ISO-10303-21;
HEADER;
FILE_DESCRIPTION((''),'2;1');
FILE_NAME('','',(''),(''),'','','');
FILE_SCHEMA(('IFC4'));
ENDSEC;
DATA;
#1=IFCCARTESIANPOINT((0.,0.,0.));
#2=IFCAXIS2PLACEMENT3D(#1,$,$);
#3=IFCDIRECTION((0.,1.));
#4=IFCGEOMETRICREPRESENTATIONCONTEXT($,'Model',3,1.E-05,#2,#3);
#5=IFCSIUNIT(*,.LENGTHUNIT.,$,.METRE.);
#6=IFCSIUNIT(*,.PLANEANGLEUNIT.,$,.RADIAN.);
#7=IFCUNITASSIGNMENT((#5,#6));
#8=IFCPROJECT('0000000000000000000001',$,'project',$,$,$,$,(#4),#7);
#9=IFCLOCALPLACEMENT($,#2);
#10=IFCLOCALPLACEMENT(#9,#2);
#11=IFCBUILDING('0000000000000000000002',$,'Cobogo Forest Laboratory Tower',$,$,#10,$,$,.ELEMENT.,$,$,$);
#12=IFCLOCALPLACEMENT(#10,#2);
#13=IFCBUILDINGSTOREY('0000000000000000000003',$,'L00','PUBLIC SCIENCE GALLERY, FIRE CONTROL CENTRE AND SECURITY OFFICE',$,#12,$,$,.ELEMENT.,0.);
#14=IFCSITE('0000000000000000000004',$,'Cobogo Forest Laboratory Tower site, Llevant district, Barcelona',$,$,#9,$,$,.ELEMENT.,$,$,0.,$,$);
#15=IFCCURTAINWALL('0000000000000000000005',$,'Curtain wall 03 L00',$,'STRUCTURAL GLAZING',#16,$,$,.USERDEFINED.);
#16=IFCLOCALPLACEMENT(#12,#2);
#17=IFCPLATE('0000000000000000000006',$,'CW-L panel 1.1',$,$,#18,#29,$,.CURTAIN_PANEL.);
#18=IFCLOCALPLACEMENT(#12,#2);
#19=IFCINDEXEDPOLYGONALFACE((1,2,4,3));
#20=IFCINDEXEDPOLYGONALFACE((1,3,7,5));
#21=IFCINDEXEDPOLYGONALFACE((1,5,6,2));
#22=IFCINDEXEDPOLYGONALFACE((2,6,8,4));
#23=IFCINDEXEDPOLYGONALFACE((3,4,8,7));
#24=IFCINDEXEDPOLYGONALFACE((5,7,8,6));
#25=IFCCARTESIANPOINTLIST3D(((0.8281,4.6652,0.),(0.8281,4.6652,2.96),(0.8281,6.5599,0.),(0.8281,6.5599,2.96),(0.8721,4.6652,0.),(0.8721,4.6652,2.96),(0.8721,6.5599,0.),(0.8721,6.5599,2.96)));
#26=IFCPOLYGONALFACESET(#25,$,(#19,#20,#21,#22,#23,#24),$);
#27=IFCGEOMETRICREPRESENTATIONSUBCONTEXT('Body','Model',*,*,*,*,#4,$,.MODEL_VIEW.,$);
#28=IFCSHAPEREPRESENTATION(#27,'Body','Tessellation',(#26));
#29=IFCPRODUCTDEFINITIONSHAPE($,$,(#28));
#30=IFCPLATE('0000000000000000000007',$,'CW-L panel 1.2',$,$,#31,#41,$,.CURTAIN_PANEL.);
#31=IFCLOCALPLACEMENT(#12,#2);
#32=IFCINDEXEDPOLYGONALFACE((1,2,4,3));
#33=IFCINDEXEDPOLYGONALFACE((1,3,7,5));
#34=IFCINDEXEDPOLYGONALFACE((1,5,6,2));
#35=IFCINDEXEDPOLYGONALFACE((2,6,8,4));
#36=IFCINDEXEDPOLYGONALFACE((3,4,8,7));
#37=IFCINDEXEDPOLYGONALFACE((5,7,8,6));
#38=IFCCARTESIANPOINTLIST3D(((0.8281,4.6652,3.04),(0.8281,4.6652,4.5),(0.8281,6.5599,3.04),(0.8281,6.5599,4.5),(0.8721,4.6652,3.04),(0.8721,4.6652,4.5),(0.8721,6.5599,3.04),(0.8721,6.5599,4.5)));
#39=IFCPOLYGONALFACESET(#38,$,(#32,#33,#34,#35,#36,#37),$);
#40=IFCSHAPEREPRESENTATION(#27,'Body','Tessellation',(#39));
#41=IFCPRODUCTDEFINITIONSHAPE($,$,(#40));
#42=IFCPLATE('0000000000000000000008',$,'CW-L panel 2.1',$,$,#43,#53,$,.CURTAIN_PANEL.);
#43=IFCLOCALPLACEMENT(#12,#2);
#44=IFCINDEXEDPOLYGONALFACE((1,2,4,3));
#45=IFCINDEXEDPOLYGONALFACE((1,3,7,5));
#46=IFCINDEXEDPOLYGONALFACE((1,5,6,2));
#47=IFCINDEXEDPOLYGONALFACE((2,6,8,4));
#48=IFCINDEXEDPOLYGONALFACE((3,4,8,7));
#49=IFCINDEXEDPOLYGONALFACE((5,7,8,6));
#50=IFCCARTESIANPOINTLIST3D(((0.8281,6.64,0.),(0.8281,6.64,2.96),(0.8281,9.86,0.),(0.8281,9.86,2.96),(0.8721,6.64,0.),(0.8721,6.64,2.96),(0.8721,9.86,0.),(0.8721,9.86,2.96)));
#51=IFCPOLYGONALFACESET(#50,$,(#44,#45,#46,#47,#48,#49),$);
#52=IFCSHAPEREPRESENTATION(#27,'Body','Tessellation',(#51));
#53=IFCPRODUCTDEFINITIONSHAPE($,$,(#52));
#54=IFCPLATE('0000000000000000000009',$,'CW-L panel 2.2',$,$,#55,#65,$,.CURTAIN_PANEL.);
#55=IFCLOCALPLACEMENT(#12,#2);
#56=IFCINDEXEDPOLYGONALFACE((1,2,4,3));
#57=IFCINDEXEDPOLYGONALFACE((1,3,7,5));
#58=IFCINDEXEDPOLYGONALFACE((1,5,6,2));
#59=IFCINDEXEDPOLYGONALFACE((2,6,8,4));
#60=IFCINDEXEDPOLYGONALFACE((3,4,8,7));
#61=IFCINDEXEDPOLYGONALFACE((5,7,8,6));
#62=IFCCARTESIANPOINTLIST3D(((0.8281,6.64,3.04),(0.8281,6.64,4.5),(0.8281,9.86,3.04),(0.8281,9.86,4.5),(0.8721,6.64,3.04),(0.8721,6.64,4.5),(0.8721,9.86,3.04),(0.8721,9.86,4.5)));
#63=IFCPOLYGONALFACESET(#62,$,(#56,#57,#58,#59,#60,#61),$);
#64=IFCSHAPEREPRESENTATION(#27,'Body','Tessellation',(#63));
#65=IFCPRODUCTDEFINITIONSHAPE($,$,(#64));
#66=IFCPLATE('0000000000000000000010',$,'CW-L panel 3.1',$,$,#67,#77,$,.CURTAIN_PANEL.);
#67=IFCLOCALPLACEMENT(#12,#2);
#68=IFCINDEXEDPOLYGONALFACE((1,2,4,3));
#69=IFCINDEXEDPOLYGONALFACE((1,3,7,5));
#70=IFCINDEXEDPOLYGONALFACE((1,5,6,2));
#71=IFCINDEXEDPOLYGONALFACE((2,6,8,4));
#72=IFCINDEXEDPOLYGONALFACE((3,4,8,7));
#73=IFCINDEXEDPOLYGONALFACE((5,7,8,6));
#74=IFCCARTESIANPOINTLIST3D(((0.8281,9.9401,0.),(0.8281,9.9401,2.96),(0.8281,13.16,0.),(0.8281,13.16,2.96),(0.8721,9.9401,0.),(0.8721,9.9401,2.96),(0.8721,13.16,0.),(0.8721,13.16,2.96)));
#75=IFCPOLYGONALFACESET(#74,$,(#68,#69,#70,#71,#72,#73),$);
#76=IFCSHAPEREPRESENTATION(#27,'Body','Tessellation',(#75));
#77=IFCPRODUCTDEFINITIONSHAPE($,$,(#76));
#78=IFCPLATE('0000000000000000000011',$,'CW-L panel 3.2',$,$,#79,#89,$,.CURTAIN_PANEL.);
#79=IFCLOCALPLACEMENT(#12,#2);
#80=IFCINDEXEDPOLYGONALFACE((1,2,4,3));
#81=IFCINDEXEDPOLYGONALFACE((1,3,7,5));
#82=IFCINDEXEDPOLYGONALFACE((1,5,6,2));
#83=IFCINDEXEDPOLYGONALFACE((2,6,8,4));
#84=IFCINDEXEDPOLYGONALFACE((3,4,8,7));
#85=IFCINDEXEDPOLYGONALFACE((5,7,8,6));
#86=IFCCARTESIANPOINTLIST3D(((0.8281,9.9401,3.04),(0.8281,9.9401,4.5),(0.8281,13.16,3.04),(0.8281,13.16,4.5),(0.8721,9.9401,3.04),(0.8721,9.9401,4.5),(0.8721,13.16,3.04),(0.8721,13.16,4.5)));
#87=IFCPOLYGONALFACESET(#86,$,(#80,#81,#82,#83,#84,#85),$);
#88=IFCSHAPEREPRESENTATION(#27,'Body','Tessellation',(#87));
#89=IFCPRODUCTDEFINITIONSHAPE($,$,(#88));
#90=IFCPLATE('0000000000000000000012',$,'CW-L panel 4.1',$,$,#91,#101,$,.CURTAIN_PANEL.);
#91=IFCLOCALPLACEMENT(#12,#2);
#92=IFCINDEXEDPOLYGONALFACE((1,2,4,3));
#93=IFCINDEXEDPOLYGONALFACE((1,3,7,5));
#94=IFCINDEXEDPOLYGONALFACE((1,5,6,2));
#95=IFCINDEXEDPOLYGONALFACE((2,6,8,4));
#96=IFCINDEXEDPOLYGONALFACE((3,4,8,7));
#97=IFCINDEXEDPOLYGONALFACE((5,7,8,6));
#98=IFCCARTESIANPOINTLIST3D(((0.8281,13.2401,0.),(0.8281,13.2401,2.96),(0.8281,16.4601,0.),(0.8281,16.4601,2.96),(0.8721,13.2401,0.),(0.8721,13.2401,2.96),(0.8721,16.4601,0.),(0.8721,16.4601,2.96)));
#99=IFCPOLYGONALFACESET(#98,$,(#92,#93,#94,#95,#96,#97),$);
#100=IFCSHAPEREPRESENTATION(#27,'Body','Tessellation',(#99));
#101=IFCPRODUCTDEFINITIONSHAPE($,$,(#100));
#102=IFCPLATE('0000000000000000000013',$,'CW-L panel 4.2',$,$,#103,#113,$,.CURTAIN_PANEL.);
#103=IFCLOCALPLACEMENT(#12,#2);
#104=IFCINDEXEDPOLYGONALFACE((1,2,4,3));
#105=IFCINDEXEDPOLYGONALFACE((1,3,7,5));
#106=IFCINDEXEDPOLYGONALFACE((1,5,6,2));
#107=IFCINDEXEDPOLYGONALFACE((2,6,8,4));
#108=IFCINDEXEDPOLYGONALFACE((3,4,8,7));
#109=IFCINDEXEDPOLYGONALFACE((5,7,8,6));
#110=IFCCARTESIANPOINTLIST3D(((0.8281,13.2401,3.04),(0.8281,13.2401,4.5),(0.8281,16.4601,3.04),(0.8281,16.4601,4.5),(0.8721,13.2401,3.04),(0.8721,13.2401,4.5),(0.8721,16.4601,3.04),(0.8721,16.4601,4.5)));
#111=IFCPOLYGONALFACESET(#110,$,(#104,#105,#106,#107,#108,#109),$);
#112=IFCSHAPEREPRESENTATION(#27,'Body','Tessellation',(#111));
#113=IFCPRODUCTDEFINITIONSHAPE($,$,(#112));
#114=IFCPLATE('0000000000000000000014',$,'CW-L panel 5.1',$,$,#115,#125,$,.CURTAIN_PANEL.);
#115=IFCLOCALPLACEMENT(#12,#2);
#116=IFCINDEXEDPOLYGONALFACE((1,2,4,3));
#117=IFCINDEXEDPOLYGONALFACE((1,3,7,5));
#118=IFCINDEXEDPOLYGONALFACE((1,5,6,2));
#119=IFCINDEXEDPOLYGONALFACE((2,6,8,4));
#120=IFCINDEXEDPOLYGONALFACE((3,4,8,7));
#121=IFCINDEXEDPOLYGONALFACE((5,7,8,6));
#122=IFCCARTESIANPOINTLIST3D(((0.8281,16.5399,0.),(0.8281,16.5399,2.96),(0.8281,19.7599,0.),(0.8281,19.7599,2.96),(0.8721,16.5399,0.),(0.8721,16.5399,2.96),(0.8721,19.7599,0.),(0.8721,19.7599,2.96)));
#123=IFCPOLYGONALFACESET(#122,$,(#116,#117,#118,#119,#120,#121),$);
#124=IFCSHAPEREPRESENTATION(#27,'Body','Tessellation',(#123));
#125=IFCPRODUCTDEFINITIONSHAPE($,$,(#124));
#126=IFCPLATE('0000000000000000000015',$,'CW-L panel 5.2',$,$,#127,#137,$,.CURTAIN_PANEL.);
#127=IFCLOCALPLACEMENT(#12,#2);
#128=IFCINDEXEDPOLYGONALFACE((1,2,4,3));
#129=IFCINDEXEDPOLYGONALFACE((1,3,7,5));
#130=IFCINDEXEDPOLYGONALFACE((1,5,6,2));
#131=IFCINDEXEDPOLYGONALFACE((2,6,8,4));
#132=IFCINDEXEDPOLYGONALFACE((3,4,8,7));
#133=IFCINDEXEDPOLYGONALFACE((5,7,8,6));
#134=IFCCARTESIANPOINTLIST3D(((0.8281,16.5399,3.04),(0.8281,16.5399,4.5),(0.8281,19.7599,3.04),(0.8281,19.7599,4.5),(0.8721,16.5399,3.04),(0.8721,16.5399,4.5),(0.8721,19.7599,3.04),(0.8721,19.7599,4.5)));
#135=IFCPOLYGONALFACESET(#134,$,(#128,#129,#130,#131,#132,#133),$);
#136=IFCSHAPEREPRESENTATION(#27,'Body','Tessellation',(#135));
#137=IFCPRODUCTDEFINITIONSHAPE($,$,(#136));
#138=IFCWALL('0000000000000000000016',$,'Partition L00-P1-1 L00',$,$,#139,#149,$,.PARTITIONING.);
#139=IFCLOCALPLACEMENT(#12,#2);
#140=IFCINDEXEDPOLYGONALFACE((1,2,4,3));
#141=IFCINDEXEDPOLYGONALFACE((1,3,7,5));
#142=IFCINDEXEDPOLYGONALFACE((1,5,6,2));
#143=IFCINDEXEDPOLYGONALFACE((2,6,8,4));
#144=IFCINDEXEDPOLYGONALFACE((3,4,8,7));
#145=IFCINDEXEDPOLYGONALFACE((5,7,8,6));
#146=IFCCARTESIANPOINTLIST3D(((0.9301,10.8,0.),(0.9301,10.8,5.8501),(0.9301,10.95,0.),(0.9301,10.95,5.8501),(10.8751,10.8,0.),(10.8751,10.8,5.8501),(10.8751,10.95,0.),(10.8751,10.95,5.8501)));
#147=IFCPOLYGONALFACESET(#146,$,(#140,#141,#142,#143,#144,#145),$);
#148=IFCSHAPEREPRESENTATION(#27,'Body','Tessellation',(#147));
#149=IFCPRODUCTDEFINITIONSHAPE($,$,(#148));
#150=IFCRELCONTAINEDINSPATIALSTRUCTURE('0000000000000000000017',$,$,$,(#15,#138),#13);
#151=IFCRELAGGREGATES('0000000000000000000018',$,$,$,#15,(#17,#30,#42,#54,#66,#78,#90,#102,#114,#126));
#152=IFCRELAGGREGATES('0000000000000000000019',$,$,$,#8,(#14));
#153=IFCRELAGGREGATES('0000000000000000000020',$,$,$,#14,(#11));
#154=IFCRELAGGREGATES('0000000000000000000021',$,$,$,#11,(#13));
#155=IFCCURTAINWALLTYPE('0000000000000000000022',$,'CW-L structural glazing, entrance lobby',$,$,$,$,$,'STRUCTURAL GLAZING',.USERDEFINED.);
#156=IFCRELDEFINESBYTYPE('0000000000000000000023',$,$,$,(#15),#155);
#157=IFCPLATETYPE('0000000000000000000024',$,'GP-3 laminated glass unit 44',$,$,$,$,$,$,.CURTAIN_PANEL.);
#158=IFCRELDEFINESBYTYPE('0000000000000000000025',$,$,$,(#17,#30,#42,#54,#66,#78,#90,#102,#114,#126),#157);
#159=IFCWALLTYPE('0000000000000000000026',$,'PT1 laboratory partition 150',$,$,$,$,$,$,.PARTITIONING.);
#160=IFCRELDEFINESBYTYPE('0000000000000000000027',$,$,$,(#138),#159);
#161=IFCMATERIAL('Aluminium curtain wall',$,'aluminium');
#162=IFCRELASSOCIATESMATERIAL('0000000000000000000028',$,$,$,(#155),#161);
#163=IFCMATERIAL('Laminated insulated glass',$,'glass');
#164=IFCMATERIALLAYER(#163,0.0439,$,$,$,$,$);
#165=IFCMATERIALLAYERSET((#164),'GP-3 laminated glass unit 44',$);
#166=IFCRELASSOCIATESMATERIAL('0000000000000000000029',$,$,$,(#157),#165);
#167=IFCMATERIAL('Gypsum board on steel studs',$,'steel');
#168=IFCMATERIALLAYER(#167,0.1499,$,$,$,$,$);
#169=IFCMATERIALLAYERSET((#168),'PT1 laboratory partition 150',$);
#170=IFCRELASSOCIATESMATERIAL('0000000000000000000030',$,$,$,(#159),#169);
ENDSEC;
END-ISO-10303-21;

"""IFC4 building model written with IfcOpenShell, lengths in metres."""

from ifc_helpers import new_model, si_unit, direction, frame, frame_2d, origin, origin_2d, place, context, subcontext, project, spatial, rectangle, extrude, material, layer, layer_set, type_object, element, aggregate, save


model = new_model("IFC4")

# Units and contexts
model_context = context("Model", 3, precision=1e-05, world=origin(), true_north=direction((0.0, 1.0)))
body_context = subcontext(model_context, "Body", "Model", "MODEL_VIEW")
ifc_project = project(units=[si_unit("LENGTHUNIT", "METRE"), si_unit("PLANEANGLEUNIT", "RADIAN")], contexts=[model_context])

# Site, building, storey
site_placement = place(None, origin())
site = spatial("IfcSite", under=ifc_project, at=site_placement, Name="Cobogo Forest Laboratory Tower site, Llevant district, Barcelona", CompositionType="ELEMENT", RefElevation=0.0)
building_placement = place(site_placement, origin())
building = spatial("IfcBuilding", under=site, at=building_placement, Name="Cobogo Forest Laboratory Tower", CompositionType="ELEMENT")
storey_placement = place(building_placement, origin())
storey = spatial("IfcBuildingStorey", under=building, at=storey_placement, Name="L00", Description="PUBLIC SCIENCE GALLERY, FIRE CONTROL CENTRE AND SECURITY OFFICE", CompositionType="ELEMENT", Elevation=0.0)

# Shared definitions
ifc_material_1 = material(Name="Aluminium curtain wall", Category="aluminium")
curtain_wall_type = type_object("IfcCurtainWallType", Name="CW-L structural glazing, entrance lobby", ElementType="STRUCTURAL GLAZING", PredefinedType="USERDEFINED", material=ifc_material_1)

# Curtain wall
curtain_wall_1_placement = place(storey_placement, origin())
curtain_wall_1 = element("IfcCurtainWall", 1, at=curtain_wall_1_placement, inside=storey, type_object=curtain_wall_type, Name="Curtain wall 03 L00", ObjectType="STRUCTURAL GLAZING", PredefinedType="USERDEFINED")

# Plates
ifc_material_2 = material(Name="Laminated insulated glass", Category="glass")
ifc_layer_1 = layer(ifc_material_2, 0.0439)
ifc_layer_set_1 = layer_set([ifc_layer_1], Name="GP-3 laminated glass unit 44")
plate_type = type_object("IfcPlateType", Name="GP-3 laminated glass unit 44", PredefinedType="CURTAIN_PANEL", material=ifc_layer_set_1)
plate_1_placement = place(storey_placement, frame((0.8501, 5.6125, 0.0), z_axis=(0.0, 0.0, 1.0), x_axis=(0.0, 1.0, 0.0)))
plate_1 = element("IfcPlate", 2, at=plate_1_placement, type_object=plate_type, Name="CW-L panel 1.1", PredefinedType="CURTAIN_PANEL", context=body_context, shape_type="SweptSolid", body=[
    extrude(rectangle(XDim=1.8948, YDim=0.0439, at=origin_2d()), origin(), (0.0, 0.0, 1.0), 2.96),
])
plate_2_placement = place(storey_placement, frame((0.8501, 5.6125, 3.04), z_axis=(0.0, 0.0, 1.0), x_axis=(0.0, 1.0, 0.0)))
plate_2 = element("IfcPlate", 3, at=plate_2_placement, type_object=plate_type, Name="CW-L panel 1.2", PredefinedType="CURTAIN_PANEL", context=body_context, shape_type="SweptSolid", body=[
    extrude(rectangle(XDim=1.8948, YDim=0.0439, at=origin_2d()), origin(), (0.0, 0.0, 1.0), 1.46),
])
plate_3_placement = place(storey_placement, frame((0.8501, 8.25, 0.0), z_axis=(0.0, 0.0, 1.0), x_axis=(0.0, 1.0, 0.0)))
plate_3 = element("IfcPlate", 4, at=plate_3_placement, type_object=plate_type, Name="CW-L panel 2.1", PredefinedType="CURTAIN_PANEL", context=body_context, shape_type="SweptSolid", body=[
    extrude(rectangle(XDim=3.22, YDim=0.0439, at=origin_2d()), origin(), (0.0, 0.0, 1.0), 2.96),
])
plate_4_placement = place(storey_placement, frame((0.8501, 8.25, 3.04), z_axis=(0.0, 0.0, 1.0), x_axis=(0.0, 1.0, 0.0)))
plate_4 = element("IfcPlate", 5, at=plate_4_placement, type_object=plate_type, Name="CW-L panel 2.2", PredefinedType="CURTAIN_PANEL", context=body_context, shape_type="SweptSolid", body=[
    extrude(rectangle(XDim=3.22, YDim=0.0439, at=origin_2d()), origin(), (0.0, 0.0, 1.0), 1.46),
])
plate_5_placement = place(storey_placement, frame((0.8501, 11.55, 0.0), z_axis=(0.0, 0.0, 1.0), x_axis=(0.0, 1.0, 0.0)))
plate_5 = element("IfcPlate", 6, at=plate_5_placement, type_object=plate_type, Name="CW-L panel 3.1", PredefinedType="CURTAIN_PANEL", context=body_context, shape_type="SweptSolid", body=[
    extrude(rectangle(XDim=3.22, YDim=0.0439, at=origin_2d()), origin(), (0.0, 0.0, 1.0), 2.96),
])
plate_6_placement = place(storey_placement, frame((0.8501, 11.55, 3.04), z_axis=(0.0, 0.0, 1.0), x_axis=(0.0, 1.0, 0.0)))
plate_6 = element("IfcPlate", 7, at=plate_6_placement, type_object=plate_type, Name="CW-L panel 3.2", PredefinedType="CURTAIN_PANEL", context=body_context, shape_type="SweptSolid", body=[
    extrude(rectangle(XDim=3.22, YDim=0.0439, at=origin_2d()), origin(), (0.0, 0.0, 1.0), 1.46),
])
plate_7_placement = place(storey_placement, frame((0.8501, 14.8501, 0.0), z_axis=(0.0, 0.0, 1.0), x_axis=(0.0, 1.0, 0.0)))
plate_7 = element("IfcPlate", 8, at=plate_7_placement, type_object=plate_type, Name="CW-L panel 4.1", PredefinedType="CURTAIN_PANEL", context=body_context, shape_type="SweptSolid", body=[
    extrude(rectangle(XDim=3.22, YDim=0.0439, at=origin_2d()), origin(), (0.0, 0.0, 1.0), 2.96),
])
plate_8_placement = place(storey_placement, frame((0.8501, 14.8501, 3.04), z_axis=(0.0, 0.0, 1.0), x_axis=(0.0, 1.0, 0.0)))
plate_8 = element("IfcPlate", 9, at=plate_8_placement, type_object=plate_type, Name="CW-L panel 4.2", PredefinedType="CURTAIN_PANEL", context=body_context, shape_type="SweptSolid", body=[
    extrude(rectangle(XDim=3.22, YDim=0.0439, at=origin_2d()), origin(), (0.0, 0.0, 1.0), 1.46),
])
plate_9_placement = place(storey_placement, frame((0.8501, 18.1499, 0.0), z_axis=(0.0, 0.0, 1.0), x_axis=(0.0, 1.0, 0.0)))
plate_9 = element("IfcPlate", 10, at=plate_9_placement, type_object=plate_type, Name="CW-L panel 5.1", PredefinedType="CURTAIN_PANEL", context=body_context, shape_type="SweptSolid", body=[
    extrude(rectangle(XDim=3.22, YDim=0.0439, at=origin_2d()), origin(), (0.0, 0.0, 1.0), 2.96),
])
plate_10_placement = place(storey_placement, frame((0.8501, 18.1499, 3.04), z_axis=(0.0, 0.0, 1.0), x_axis=(0.0, 1.0, 0.0)))
plate_10 = element("IfcPlate", 11, at=plate_10_placement, type_object=plate_type, Name="CW-L panel 5.2", PredefinedType="CURTAIN_PANEL", context=body_context, shape_type="SweptSolid", body=[
    extrude(rectangle(XDim=3.22, YDim=0.0439, at=origin_2d()), origin(), (0.0, 0.0, 1.0), 1.46),
])
aggregate(curtain_wall_1, [plate_1, plate_2, plate_3, plate_4, plate_5, plate_6, plate_7, plate_8, plate_9, plate_10])

# Wall
ifc_material_3 = material(Name="Gypsum board on steel studs", Category="steel")
ifc_layer_2 = layer(ifc_material_3, 0.1499)
ifc_layer_set_2 = layer_set([ifc_layer_2], Name="PT1 laboratory partition 150")
wall_type = type_object("IfcWallType", Name="PT1 laboratory partition 150", PredefinedType="PARTITIONING", material=ifc_layer_set_2)
wall_placement = place(storey_placement, frame((0.9299, 10.875, 0.0), z_axis=(0.0, 0.0, 1.0), x_axis=(1.0, 0.0, 0.0)))
element("IfcWall", 12, at=wall_placement, inside=storey, type_object=wall_type, Name="Partition L00-P1-1 L00", PredefinedType="PARTITIONING", context=body_context, shape_type="SweptSolid", body=[
    extrude(rectangle(XDim=9.9451, YDim=0.1499, at=frame_2d((4.9727, 0.0))), origin(), (0.0, 0.0, 1.0), 5.8501),
])

save(model, "model.ifc")
